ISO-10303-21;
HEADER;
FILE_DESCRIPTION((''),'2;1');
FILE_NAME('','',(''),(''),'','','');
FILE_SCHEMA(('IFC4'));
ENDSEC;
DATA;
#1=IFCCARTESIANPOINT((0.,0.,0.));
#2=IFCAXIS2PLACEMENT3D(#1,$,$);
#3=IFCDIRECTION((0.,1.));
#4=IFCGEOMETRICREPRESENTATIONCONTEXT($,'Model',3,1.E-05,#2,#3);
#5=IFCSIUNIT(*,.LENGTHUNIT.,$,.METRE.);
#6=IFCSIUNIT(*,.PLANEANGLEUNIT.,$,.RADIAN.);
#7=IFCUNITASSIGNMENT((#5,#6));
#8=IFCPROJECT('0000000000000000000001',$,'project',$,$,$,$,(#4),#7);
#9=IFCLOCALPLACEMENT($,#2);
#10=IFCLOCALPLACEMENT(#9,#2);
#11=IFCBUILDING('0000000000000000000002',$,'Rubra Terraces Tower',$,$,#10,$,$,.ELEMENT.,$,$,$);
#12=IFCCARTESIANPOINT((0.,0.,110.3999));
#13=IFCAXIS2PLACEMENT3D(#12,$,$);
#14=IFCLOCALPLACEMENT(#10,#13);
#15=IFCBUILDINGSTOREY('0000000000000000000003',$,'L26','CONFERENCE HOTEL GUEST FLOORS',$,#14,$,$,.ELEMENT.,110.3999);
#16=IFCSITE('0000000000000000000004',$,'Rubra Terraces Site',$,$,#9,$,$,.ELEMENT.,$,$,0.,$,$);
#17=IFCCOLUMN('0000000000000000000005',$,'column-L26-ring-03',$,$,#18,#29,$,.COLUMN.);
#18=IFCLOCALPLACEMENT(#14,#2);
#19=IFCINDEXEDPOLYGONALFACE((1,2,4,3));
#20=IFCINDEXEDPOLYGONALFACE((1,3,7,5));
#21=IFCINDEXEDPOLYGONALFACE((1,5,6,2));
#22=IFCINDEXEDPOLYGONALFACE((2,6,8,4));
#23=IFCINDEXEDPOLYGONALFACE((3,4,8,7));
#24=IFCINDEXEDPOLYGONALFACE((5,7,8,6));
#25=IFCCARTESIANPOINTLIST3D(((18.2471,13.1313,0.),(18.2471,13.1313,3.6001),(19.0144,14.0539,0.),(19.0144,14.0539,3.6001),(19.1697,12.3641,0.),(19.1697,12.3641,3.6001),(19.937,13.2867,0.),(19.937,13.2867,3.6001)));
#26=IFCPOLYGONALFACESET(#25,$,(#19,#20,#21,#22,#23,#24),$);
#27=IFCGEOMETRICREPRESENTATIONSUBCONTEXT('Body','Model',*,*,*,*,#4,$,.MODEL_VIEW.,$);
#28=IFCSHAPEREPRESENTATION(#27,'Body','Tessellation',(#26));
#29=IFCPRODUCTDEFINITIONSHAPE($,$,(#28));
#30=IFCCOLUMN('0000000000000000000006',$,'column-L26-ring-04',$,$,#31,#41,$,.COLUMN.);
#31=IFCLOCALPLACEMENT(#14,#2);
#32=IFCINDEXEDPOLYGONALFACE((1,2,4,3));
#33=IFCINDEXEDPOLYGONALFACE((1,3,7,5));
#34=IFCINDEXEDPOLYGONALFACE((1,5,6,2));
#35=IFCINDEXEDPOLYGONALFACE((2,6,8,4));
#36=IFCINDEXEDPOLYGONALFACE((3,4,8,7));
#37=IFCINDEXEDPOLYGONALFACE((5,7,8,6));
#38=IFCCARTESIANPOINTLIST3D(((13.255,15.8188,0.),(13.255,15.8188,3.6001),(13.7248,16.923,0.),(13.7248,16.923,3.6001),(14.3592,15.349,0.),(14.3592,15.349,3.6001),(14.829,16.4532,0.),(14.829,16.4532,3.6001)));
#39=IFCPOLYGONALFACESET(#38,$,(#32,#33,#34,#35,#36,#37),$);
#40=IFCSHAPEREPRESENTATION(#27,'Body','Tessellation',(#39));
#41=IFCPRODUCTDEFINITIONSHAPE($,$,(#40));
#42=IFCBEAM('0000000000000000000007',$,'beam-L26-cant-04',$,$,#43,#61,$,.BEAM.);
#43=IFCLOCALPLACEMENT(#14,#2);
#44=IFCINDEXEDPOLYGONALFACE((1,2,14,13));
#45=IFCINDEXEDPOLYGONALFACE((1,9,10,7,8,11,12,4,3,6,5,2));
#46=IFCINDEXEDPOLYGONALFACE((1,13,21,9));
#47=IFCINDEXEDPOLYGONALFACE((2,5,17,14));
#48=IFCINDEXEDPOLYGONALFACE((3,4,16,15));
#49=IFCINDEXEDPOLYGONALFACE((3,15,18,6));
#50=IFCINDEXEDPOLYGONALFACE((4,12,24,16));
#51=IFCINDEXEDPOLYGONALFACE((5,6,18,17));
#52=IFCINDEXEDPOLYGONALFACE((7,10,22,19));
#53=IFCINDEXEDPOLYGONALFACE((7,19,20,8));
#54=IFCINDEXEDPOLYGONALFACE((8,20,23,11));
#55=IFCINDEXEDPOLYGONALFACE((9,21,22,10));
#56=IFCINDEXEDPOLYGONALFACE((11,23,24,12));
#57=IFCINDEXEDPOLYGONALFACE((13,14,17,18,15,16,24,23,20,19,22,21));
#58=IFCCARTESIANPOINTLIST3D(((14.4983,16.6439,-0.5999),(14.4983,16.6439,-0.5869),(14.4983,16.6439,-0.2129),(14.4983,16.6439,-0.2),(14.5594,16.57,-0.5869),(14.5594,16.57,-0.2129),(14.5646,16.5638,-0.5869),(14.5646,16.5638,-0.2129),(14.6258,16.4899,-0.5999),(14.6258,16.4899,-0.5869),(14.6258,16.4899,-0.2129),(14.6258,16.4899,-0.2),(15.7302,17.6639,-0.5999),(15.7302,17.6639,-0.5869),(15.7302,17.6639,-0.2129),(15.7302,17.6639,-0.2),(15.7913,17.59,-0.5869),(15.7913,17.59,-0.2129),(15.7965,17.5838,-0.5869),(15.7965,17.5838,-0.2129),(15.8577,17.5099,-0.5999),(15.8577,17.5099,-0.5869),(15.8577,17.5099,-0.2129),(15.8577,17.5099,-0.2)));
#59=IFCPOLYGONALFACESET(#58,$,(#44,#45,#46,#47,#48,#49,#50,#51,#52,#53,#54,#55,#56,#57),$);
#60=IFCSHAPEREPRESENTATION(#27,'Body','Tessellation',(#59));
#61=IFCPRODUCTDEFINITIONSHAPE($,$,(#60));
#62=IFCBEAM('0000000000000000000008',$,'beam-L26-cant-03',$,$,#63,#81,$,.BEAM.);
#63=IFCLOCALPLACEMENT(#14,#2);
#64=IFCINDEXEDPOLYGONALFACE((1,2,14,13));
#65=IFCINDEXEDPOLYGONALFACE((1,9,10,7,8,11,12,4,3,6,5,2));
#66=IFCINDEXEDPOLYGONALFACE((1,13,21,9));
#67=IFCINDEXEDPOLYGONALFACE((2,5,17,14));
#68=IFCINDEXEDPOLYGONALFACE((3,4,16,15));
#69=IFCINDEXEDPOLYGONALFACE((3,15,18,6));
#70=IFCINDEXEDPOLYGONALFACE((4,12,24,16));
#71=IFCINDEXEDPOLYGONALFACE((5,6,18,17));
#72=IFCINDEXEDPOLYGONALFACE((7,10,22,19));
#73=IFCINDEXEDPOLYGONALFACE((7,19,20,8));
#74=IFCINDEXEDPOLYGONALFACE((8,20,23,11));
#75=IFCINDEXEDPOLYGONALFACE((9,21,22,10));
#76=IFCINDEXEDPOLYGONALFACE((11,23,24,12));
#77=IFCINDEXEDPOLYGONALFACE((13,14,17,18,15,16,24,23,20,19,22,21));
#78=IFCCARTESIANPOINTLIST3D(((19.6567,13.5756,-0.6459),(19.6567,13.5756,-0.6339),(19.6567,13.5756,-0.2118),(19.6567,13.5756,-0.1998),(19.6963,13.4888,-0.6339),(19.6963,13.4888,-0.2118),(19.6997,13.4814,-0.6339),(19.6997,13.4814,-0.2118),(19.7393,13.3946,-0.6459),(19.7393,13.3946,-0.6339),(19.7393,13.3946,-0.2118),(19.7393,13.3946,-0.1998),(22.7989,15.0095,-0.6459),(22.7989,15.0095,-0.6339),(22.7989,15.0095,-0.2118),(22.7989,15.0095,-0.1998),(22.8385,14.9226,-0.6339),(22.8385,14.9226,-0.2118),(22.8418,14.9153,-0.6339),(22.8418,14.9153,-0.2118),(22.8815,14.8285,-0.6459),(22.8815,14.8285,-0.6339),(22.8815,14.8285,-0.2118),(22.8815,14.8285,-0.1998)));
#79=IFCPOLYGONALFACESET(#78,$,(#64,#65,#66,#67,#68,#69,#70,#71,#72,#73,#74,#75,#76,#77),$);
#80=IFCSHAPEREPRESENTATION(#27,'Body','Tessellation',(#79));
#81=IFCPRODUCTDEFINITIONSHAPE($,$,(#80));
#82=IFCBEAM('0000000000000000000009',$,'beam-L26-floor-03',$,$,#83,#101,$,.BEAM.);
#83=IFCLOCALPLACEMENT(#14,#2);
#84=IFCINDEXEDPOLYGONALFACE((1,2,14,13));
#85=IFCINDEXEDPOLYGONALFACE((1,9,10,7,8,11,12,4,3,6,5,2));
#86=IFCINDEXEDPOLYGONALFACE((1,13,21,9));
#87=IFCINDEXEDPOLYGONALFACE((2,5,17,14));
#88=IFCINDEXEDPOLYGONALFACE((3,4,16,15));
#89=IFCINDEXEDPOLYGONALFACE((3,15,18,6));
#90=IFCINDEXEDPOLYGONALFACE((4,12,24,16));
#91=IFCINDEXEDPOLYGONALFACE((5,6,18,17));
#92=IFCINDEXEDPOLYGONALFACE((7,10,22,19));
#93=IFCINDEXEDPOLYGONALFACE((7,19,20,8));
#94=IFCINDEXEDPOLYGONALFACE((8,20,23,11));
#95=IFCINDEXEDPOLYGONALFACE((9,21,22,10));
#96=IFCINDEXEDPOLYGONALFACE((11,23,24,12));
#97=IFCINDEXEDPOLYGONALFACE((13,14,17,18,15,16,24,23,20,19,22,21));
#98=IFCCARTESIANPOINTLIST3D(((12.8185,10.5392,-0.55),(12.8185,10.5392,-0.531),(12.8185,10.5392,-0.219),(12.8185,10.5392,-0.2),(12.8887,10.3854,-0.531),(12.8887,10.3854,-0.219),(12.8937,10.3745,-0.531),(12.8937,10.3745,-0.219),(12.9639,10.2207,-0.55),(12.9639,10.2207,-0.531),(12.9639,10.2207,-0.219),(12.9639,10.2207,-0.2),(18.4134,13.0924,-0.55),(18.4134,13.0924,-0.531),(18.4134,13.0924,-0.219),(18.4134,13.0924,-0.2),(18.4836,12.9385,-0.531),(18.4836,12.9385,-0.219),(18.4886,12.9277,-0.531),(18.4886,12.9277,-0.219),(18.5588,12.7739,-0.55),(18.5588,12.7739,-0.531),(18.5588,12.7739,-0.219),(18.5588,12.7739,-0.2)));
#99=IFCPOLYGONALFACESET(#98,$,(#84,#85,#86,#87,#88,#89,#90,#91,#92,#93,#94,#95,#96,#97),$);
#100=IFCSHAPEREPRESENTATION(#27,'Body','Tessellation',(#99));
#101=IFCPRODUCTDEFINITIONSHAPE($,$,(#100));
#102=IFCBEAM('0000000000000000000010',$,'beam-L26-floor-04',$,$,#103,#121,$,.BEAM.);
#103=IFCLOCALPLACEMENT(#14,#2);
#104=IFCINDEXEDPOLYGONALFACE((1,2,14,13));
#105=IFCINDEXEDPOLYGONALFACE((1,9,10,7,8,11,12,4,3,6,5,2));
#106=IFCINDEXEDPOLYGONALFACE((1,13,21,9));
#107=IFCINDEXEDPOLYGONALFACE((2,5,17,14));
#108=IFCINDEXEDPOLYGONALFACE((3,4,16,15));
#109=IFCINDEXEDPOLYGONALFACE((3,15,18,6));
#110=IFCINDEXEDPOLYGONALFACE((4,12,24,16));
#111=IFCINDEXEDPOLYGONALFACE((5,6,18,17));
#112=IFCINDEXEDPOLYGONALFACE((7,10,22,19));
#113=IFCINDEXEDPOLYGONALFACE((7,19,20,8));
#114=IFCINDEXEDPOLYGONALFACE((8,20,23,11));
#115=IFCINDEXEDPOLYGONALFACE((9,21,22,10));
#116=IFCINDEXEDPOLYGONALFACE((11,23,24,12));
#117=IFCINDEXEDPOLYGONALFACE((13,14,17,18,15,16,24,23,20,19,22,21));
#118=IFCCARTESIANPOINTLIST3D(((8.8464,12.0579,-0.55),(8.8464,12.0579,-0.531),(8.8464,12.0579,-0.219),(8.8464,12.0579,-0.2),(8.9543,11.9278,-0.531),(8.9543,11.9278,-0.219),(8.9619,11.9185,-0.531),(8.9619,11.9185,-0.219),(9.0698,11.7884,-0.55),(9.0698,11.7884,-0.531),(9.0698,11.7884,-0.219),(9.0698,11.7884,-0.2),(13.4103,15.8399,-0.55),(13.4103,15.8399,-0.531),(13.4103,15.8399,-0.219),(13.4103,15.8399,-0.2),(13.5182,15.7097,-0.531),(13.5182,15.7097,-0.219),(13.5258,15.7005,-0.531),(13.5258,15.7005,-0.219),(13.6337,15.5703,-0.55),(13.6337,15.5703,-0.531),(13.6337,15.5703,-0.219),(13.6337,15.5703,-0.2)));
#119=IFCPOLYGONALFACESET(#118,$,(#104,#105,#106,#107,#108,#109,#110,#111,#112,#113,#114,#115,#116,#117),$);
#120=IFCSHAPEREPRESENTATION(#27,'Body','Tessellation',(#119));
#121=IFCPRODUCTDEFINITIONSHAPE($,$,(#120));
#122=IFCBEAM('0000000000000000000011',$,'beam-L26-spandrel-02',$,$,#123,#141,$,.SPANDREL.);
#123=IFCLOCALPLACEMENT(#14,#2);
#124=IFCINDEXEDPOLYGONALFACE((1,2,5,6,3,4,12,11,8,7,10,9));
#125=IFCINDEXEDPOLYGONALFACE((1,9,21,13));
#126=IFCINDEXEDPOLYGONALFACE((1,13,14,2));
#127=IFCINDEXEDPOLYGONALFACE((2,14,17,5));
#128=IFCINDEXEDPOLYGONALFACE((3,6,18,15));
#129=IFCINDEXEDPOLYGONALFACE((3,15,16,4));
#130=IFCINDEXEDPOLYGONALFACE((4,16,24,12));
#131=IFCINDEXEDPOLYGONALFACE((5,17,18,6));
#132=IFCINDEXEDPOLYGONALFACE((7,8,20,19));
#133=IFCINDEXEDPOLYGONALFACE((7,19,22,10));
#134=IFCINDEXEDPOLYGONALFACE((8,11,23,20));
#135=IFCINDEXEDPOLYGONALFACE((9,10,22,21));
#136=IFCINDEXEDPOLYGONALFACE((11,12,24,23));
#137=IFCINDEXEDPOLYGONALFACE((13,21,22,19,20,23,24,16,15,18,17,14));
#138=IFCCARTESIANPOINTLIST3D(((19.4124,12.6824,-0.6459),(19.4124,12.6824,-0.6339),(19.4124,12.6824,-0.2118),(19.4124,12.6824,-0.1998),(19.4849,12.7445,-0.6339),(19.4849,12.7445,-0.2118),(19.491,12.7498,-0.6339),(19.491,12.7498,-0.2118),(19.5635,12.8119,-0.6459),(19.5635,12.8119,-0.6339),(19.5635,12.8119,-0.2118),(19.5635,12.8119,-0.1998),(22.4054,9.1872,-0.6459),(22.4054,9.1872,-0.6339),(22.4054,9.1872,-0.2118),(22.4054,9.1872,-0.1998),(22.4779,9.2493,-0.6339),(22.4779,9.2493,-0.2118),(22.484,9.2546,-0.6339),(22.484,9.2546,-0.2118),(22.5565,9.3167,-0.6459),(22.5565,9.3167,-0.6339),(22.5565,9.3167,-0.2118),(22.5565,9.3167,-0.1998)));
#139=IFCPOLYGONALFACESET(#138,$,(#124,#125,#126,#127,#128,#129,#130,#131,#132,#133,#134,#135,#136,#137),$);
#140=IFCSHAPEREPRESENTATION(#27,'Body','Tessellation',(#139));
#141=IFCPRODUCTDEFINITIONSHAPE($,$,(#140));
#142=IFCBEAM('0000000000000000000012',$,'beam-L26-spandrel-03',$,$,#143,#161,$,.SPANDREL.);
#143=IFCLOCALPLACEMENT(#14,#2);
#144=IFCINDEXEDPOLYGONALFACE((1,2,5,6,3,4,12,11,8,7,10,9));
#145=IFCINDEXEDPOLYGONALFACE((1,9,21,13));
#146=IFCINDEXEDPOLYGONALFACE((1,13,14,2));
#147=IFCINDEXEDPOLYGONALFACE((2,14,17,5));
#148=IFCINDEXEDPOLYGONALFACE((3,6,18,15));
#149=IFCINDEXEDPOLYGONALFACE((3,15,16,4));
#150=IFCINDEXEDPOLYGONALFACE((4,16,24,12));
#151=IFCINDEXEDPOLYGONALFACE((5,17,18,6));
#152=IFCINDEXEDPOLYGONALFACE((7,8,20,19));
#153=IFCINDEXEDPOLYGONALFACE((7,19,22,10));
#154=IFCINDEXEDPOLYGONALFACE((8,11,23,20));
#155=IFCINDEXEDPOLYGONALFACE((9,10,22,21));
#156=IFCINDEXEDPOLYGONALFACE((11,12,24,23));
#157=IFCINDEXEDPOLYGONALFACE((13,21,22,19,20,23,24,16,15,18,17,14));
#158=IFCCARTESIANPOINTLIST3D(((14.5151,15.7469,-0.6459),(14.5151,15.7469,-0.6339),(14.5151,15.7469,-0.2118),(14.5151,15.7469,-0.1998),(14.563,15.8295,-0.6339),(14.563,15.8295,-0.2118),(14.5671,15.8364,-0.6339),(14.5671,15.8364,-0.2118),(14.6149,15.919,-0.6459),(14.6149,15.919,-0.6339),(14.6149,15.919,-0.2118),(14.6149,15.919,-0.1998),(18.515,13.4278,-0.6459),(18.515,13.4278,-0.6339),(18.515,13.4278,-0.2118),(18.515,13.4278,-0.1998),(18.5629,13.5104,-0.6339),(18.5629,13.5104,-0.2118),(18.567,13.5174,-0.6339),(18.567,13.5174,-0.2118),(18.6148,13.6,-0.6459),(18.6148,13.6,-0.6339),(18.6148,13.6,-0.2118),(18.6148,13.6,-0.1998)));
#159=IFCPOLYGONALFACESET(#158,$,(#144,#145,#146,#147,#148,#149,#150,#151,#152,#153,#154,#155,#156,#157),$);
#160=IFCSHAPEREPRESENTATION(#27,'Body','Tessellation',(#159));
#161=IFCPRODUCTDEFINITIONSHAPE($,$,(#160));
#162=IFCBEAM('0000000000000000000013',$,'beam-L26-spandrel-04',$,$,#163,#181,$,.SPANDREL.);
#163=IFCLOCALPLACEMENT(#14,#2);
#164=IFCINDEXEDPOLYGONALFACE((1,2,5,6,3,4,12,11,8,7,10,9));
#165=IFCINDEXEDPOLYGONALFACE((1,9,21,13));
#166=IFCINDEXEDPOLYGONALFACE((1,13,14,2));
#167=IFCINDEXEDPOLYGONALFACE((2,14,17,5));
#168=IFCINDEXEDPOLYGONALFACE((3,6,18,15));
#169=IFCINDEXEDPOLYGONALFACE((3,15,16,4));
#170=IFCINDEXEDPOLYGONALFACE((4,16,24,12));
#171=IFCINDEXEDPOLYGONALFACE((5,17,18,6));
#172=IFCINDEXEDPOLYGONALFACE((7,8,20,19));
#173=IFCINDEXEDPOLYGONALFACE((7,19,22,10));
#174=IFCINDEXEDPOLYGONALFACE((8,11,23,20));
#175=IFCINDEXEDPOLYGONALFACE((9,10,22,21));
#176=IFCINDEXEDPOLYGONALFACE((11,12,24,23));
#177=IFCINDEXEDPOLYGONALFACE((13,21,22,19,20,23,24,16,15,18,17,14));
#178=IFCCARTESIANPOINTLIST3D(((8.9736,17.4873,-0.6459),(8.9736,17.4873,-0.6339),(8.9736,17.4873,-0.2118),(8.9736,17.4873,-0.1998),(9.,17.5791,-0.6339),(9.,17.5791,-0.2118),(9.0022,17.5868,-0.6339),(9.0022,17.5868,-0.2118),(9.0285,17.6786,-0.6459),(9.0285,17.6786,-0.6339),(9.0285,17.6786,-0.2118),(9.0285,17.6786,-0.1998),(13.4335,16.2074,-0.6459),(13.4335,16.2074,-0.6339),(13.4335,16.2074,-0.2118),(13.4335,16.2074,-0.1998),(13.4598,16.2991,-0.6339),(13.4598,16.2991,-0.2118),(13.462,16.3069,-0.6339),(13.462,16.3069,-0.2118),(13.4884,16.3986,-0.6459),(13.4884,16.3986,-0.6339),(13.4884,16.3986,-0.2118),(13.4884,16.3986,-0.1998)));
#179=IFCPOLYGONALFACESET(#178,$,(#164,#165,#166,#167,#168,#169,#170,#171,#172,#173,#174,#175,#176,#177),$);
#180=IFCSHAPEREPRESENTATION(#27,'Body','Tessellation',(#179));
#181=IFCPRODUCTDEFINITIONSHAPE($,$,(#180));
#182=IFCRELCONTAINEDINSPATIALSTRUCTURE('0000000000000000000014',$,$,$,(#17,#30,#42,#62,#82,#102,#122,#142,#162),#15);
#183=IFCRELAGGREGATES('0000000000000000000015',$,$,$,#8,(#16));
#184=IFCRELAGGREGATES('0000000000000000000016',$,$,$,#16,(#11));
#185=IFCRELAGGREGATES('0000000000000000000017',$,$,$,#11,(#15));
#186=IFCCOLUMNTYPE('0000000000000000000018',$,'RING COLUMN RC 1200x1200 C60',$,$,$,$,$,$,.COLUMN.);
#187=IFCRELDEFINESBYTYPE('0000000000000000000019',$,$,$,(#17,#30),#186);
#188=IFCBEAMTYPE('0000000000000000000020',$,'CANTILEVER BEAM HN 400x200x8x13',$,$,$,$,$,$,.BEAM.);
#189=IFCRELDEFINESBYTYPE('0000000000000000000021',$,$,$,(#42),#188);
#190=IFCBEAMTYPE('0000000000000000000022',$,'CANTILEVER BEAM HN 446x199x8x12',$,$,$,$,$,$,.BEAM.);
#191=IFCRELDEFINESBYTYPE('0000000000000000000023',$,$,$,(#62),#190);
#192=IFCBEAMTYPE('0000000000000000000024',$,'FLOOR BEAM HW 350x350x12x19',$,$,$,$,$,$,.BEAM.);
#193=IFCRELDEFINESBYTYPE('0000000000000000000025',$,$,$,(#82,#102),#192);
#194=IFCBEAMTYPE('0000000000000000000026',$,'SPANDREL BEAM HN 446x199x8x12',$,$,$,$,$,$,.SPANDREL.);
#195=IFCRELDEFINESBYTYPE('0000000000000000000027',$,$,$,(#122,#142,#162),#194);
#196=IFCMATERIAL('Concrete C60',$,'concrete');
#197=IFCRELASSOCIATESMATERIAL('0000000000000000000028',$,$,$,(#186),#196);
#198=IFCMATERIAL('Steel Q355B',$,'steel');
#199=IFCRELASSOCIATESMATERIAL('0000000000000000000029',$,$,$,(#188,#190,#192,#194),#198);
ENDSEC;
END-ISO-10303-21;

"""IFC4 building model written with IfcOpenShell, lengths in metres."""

from ifc_helpers import new_model, si_unit, direction, frame, origin, origin_2d, place, context, subcontext, project, spatial, rectangle, i_section, extrude, material, material_profile, profile_set, type_object, element, save


model = new_model("IFC4")

# Units and contexts
model_context = context("Model", 3, precision=1e-05, world=origin(), true_north=direction((0.0, 1.0)))
body_context = subcontext(model_context, "Body", "Model", "MODEL_VIEW")
ifc_project = project(units=[si_unit("LENGTHUNIT", "METRE"), si_unit("PLANEANGLEUNIT", "RADIAN")], contexts=[model_context])

# Site, building, storey
site_placement = place(None, origin())
site = spatial("IfcSite", under=ifc_project, at=site_placement, Name="Rubra Terraces Site", CompositionType="ELEMENT", RefElevation=0.0)
building_placement = place(site_placement, origin())
building = spatial("IfcBuilding", under=site, at=building_placement, Name="Rubra Terraces Tower", CompositionType="ELEMENT")
storey_placement = place(building_placement, frame((0.0, 0.0, 110.3999)))
storey = spatial("IfcBuildingStorey", under=building, at=storey_placement, Name="L26", Description="CONFERENCE HOTEL GUEST FLOORS", CompositionType="ELEMENT", Elevation=110.3999)

# Columns
ifc_material_1 = material(Name="Concrete C60", Category="concrete")
ifc_material_profile_1 = material_profile(ifc_material_1, rectangle(XDim=1.2, YDim=1.2, at=origin_2d()), Name="RC 1200x1200")
ifc_profile_set_1 = profile_set([ifc_material_profile_1], Name="Concrete C60")
column_type = type_object("IfcColumnType", Name="RING COLUMN RC 1200x1200 C60", PredefinedType="COLUMN", material=ifc_profile_set_1)
for number, where, z_axis, x_axis, name in (
    (1, (19.092, 13.209, 0.0), (0.0, 0.0, 1.0), (-0.76887, 0.639405, 0.0), "column-L26-ring-03"),
    (2, (14.042, 16.136, 0.0), (0.0, 0.0, 1.0), (-0.920168, 0.391524, 0.0), "column-L26-ring-04"),
):
    element("IfcColumn", number, at=place(storey_placement, frame(where, z_axis=z_axis, x_axis=x_axis)), inside=storey, type_object=column_type, Name=name, PredefinedType="COLUMN", context=body_context, shape_type="SweptSolid", body=[
        extrude(rectangle(XDim=1.2, YDim=1.2, at=origin_2d()), origin(), (0.0, 0.0, 1.0), 3.6001),
    ])

# Beams
ifc_material_2 = material(Name="Steel Q355B", Category="steel")
ifc_material_profile_2 = material_profile(ifc_material_2, i_section(OverallWidth=0.2, OverallDepth=0.3999, WebThickness=0.0081, FlangeThickness=0.0129, at=origin_2d()), Name="HN 400x200x8x13")
ifc_profile_set_2 = profile_set([ifc_material_profile_2], Name="Steel Q355B")
beam_type_1 = type_object("IfcBeamType", Name="CANTILEVER BEAM HN 400x200x8x13", PredefinedType="BEAM", material=ifc_profile_set_2)
beam_1_placement = place(storey_placement, frame((14.562, 16.5669, -0.3999), z_axis=(0.770244, 0.637749, 0.0), x_axis=(-0.637749, 0.770244, 0.0)))
element("IfcBeam", 3, at=beam_1_placement, inside=storey, type_object=beam_type_1, Name="beam-L26-cant-04", PredefinedType="BEAM", context=body_context, shape_type="SweptSolid", body=[
    extrude(i_section(OverallWidth=0.2, OverallDepth=0.3999, WebThickness=0.0081, FlangeThickness=0.0129, at=origin_2d()), origin(), (0.0, 0.0, 1.0), 1.5994),
])
ifc_material_profile_3 = material_profile(ifc_material_2, i_section(OverallWidth=0.199, OverallDepth=0.446, WebThickness=0.0081, FlangeThickness=0.012, at=origin_2d()), Name="HN 446x199x8x12")
ifc_profile_set_3 = profile_set([ifc_material_profile_3], Name="Steel Q355B")
beam_type_2 = type_object("IfcBeamType", Name="CANTILEVER BEAM HN 446x199x8x12", PredefinedType="BEAM", material=ifc_profile_set_3)
beam_2_placement = place(storey_placement, frame((19.698, 13.4851, -0.4229), z_axis=(0.909753, 0.41515, 0.0), x_axis=(-0.41515, 0.909753, 0.0)))
element("IfcBeam", 4, at=beam_2_placement, inside=storey, type_object=beam_type_2, Name="beam-L26-cant-03", PredefinedType="BEAM", context=body_context, shape_type="SweptSolid", body=[
    extrude(i_section(OverallWidth=0.199, OverallDepth=0.446, WebThickness=0.0081, FlangeThickness=0.012, at=origin_2d()), origin(), (0.0, 0.0, 1.0), 3.4539),
])
ifc_material_profile_4 = material_profile(ifc_material_2, i_section(OverallWidth=0.3501, OverallDepth=0.3501, WebThickness=0.012, FlangeThickness=0.019, at=origin_2d()), Name="HW 350x350x12x19")
ifc_profile_set_4 = profile_set([ifc_material_profile_4], Name="Steel Q355B")
beam_type_3 = type_object("IfcBeamType", Name="FLOOR BEAM HW 350x350x12x19", PredefinedType="BEAM", material=ifc_profile_set_4)
beam_3_placement = place(storey_placement, frame((18.4861, 12.9331, -0.375), z_axis=(-0.90975, -0.415157, 0.0), x_axis=(0.415157, -0.90975, 0.0)))
element("IfcBeam", 5, at=beam_3_placement, inside=storey, type_object=beam_type_3, Name="beam-L26-floor-03", PredefinedType="BEAM", context=body_context, shape_type="SweptSolid", body=[
    extrude(i_section(OverallWidth=0.3501, OverallDepth=0.3501, WebThickness=0.012, FlangeThickness=0.019, at=origin_2d()), origin(), (0.0, 0.0, 1.0), 6.1499),
])
beam_4_placement = place(storey_placement, frame((13.522, 15.7051, -0.375), z_axis=(-0.769987, -0.638059, 0.0), x_axis=(0.638059, -0.769987, 0.0)))
element("IfcBeam", 6, at=beam_4_placement, inside=storey, type_object=beam_type_3, Name="beam-L26-floor-04", PredefinedType="BEAM", context=body_context, shape_type="SweptSolid", body=[
    extrude(i_section(OverallWidth=0.3501, OverallDepth=0.3501, WebThickness=0.012, FlangeThickness=0.019, at=origin_2d()), origin(), (0.0, 0.0, 1.0), 5.9272),
])
ifc_material_profile_5 = material_profile(ifc_material_2, i_section(OverallWidth=0.199, OverallDepth=0.446, WebThickness=0.0081, FlangeThickness=0.012, at=origin_2d()), Name="HN 446x199x8x12")
ifc_profile_set_5 = profile_set([ifc_material_profile_5], Name="Steel Q355B")
beam_type_4 = type_object("IfcBeamType", Name="SPANDREL BEAM HN 446x199x8x12", PredefinedType="SPANDREL", material=ifc_profile_set_5)
beam_5_placement = place(storey_placement, frame((22.481, 9.252, -0.4229), z_axis=(-0.650429, 0.759567, 0.0), x_axis=(-0.759567, -0.650429, 0.0)))
element("IfcBeam", 7, at=beam_5_placement, inside=storey, type_object=beam_type_4, Name="beam-L26-spandrel-02", PredefinedType="SPANDREL", context=body_context, shape_type="SweptSolid", body=[
    extrude(i_section(OverallWidth=0.199, OverallDepth=0.446, WebThickness=0.0081, FlangeThickness=0.012, at=origin_2d()), origin(), (0.0, 0.0, 1.0), 4.6016),
])
beam_6_placement = place(storey_placement, frame((18.5649, 13.5139, -0.4229), z_axis=(-0.865116, 0.501571, 0.0), x_axis=(-0.501571, -0.865116, 0.0)))
element("IfcBeam", 8, at=beam_6_placement, inside=storey, type_object=beam_type_4, Name="beam-L26-spandrel-03", PredefinedType="SPANDREL", context=body_context, shape_type="SweptSolid", body=[
    extrude(i_section(OverallWidth=0.199, OverallDepth=0.446, WebThickness=0.0081, FlangeThickness=0.012, at=origin_2d()), origin(), (0.0, 0.0, 1.0), 4.6235),
])
beam_7_placement = place(storey_placement, frame((13.4609, 16.303, -0.4229), z_axis=(-0.961196, 0.275868, 0.0), x_axis=(-0.275868, -0.961196, 0.0)))
element("IfcBeam", 9, at=beam_7_placement, inside=storey, type_object=beam_type_4, Name="beam-L26-spandrel-04", PredefinedType="SPANDREL", context=body_context, shape_type="SweptSolid", body=[
    extrude(i_section(OverallWidth=0.199, OverallDepth=0.446, WebThickness=0.0081, FlangeThickness=0.012, at=origin_2d()), origin(), (0.0, 0.0, 1.0), 4.6399),
])

save(model, "model.ifc")
